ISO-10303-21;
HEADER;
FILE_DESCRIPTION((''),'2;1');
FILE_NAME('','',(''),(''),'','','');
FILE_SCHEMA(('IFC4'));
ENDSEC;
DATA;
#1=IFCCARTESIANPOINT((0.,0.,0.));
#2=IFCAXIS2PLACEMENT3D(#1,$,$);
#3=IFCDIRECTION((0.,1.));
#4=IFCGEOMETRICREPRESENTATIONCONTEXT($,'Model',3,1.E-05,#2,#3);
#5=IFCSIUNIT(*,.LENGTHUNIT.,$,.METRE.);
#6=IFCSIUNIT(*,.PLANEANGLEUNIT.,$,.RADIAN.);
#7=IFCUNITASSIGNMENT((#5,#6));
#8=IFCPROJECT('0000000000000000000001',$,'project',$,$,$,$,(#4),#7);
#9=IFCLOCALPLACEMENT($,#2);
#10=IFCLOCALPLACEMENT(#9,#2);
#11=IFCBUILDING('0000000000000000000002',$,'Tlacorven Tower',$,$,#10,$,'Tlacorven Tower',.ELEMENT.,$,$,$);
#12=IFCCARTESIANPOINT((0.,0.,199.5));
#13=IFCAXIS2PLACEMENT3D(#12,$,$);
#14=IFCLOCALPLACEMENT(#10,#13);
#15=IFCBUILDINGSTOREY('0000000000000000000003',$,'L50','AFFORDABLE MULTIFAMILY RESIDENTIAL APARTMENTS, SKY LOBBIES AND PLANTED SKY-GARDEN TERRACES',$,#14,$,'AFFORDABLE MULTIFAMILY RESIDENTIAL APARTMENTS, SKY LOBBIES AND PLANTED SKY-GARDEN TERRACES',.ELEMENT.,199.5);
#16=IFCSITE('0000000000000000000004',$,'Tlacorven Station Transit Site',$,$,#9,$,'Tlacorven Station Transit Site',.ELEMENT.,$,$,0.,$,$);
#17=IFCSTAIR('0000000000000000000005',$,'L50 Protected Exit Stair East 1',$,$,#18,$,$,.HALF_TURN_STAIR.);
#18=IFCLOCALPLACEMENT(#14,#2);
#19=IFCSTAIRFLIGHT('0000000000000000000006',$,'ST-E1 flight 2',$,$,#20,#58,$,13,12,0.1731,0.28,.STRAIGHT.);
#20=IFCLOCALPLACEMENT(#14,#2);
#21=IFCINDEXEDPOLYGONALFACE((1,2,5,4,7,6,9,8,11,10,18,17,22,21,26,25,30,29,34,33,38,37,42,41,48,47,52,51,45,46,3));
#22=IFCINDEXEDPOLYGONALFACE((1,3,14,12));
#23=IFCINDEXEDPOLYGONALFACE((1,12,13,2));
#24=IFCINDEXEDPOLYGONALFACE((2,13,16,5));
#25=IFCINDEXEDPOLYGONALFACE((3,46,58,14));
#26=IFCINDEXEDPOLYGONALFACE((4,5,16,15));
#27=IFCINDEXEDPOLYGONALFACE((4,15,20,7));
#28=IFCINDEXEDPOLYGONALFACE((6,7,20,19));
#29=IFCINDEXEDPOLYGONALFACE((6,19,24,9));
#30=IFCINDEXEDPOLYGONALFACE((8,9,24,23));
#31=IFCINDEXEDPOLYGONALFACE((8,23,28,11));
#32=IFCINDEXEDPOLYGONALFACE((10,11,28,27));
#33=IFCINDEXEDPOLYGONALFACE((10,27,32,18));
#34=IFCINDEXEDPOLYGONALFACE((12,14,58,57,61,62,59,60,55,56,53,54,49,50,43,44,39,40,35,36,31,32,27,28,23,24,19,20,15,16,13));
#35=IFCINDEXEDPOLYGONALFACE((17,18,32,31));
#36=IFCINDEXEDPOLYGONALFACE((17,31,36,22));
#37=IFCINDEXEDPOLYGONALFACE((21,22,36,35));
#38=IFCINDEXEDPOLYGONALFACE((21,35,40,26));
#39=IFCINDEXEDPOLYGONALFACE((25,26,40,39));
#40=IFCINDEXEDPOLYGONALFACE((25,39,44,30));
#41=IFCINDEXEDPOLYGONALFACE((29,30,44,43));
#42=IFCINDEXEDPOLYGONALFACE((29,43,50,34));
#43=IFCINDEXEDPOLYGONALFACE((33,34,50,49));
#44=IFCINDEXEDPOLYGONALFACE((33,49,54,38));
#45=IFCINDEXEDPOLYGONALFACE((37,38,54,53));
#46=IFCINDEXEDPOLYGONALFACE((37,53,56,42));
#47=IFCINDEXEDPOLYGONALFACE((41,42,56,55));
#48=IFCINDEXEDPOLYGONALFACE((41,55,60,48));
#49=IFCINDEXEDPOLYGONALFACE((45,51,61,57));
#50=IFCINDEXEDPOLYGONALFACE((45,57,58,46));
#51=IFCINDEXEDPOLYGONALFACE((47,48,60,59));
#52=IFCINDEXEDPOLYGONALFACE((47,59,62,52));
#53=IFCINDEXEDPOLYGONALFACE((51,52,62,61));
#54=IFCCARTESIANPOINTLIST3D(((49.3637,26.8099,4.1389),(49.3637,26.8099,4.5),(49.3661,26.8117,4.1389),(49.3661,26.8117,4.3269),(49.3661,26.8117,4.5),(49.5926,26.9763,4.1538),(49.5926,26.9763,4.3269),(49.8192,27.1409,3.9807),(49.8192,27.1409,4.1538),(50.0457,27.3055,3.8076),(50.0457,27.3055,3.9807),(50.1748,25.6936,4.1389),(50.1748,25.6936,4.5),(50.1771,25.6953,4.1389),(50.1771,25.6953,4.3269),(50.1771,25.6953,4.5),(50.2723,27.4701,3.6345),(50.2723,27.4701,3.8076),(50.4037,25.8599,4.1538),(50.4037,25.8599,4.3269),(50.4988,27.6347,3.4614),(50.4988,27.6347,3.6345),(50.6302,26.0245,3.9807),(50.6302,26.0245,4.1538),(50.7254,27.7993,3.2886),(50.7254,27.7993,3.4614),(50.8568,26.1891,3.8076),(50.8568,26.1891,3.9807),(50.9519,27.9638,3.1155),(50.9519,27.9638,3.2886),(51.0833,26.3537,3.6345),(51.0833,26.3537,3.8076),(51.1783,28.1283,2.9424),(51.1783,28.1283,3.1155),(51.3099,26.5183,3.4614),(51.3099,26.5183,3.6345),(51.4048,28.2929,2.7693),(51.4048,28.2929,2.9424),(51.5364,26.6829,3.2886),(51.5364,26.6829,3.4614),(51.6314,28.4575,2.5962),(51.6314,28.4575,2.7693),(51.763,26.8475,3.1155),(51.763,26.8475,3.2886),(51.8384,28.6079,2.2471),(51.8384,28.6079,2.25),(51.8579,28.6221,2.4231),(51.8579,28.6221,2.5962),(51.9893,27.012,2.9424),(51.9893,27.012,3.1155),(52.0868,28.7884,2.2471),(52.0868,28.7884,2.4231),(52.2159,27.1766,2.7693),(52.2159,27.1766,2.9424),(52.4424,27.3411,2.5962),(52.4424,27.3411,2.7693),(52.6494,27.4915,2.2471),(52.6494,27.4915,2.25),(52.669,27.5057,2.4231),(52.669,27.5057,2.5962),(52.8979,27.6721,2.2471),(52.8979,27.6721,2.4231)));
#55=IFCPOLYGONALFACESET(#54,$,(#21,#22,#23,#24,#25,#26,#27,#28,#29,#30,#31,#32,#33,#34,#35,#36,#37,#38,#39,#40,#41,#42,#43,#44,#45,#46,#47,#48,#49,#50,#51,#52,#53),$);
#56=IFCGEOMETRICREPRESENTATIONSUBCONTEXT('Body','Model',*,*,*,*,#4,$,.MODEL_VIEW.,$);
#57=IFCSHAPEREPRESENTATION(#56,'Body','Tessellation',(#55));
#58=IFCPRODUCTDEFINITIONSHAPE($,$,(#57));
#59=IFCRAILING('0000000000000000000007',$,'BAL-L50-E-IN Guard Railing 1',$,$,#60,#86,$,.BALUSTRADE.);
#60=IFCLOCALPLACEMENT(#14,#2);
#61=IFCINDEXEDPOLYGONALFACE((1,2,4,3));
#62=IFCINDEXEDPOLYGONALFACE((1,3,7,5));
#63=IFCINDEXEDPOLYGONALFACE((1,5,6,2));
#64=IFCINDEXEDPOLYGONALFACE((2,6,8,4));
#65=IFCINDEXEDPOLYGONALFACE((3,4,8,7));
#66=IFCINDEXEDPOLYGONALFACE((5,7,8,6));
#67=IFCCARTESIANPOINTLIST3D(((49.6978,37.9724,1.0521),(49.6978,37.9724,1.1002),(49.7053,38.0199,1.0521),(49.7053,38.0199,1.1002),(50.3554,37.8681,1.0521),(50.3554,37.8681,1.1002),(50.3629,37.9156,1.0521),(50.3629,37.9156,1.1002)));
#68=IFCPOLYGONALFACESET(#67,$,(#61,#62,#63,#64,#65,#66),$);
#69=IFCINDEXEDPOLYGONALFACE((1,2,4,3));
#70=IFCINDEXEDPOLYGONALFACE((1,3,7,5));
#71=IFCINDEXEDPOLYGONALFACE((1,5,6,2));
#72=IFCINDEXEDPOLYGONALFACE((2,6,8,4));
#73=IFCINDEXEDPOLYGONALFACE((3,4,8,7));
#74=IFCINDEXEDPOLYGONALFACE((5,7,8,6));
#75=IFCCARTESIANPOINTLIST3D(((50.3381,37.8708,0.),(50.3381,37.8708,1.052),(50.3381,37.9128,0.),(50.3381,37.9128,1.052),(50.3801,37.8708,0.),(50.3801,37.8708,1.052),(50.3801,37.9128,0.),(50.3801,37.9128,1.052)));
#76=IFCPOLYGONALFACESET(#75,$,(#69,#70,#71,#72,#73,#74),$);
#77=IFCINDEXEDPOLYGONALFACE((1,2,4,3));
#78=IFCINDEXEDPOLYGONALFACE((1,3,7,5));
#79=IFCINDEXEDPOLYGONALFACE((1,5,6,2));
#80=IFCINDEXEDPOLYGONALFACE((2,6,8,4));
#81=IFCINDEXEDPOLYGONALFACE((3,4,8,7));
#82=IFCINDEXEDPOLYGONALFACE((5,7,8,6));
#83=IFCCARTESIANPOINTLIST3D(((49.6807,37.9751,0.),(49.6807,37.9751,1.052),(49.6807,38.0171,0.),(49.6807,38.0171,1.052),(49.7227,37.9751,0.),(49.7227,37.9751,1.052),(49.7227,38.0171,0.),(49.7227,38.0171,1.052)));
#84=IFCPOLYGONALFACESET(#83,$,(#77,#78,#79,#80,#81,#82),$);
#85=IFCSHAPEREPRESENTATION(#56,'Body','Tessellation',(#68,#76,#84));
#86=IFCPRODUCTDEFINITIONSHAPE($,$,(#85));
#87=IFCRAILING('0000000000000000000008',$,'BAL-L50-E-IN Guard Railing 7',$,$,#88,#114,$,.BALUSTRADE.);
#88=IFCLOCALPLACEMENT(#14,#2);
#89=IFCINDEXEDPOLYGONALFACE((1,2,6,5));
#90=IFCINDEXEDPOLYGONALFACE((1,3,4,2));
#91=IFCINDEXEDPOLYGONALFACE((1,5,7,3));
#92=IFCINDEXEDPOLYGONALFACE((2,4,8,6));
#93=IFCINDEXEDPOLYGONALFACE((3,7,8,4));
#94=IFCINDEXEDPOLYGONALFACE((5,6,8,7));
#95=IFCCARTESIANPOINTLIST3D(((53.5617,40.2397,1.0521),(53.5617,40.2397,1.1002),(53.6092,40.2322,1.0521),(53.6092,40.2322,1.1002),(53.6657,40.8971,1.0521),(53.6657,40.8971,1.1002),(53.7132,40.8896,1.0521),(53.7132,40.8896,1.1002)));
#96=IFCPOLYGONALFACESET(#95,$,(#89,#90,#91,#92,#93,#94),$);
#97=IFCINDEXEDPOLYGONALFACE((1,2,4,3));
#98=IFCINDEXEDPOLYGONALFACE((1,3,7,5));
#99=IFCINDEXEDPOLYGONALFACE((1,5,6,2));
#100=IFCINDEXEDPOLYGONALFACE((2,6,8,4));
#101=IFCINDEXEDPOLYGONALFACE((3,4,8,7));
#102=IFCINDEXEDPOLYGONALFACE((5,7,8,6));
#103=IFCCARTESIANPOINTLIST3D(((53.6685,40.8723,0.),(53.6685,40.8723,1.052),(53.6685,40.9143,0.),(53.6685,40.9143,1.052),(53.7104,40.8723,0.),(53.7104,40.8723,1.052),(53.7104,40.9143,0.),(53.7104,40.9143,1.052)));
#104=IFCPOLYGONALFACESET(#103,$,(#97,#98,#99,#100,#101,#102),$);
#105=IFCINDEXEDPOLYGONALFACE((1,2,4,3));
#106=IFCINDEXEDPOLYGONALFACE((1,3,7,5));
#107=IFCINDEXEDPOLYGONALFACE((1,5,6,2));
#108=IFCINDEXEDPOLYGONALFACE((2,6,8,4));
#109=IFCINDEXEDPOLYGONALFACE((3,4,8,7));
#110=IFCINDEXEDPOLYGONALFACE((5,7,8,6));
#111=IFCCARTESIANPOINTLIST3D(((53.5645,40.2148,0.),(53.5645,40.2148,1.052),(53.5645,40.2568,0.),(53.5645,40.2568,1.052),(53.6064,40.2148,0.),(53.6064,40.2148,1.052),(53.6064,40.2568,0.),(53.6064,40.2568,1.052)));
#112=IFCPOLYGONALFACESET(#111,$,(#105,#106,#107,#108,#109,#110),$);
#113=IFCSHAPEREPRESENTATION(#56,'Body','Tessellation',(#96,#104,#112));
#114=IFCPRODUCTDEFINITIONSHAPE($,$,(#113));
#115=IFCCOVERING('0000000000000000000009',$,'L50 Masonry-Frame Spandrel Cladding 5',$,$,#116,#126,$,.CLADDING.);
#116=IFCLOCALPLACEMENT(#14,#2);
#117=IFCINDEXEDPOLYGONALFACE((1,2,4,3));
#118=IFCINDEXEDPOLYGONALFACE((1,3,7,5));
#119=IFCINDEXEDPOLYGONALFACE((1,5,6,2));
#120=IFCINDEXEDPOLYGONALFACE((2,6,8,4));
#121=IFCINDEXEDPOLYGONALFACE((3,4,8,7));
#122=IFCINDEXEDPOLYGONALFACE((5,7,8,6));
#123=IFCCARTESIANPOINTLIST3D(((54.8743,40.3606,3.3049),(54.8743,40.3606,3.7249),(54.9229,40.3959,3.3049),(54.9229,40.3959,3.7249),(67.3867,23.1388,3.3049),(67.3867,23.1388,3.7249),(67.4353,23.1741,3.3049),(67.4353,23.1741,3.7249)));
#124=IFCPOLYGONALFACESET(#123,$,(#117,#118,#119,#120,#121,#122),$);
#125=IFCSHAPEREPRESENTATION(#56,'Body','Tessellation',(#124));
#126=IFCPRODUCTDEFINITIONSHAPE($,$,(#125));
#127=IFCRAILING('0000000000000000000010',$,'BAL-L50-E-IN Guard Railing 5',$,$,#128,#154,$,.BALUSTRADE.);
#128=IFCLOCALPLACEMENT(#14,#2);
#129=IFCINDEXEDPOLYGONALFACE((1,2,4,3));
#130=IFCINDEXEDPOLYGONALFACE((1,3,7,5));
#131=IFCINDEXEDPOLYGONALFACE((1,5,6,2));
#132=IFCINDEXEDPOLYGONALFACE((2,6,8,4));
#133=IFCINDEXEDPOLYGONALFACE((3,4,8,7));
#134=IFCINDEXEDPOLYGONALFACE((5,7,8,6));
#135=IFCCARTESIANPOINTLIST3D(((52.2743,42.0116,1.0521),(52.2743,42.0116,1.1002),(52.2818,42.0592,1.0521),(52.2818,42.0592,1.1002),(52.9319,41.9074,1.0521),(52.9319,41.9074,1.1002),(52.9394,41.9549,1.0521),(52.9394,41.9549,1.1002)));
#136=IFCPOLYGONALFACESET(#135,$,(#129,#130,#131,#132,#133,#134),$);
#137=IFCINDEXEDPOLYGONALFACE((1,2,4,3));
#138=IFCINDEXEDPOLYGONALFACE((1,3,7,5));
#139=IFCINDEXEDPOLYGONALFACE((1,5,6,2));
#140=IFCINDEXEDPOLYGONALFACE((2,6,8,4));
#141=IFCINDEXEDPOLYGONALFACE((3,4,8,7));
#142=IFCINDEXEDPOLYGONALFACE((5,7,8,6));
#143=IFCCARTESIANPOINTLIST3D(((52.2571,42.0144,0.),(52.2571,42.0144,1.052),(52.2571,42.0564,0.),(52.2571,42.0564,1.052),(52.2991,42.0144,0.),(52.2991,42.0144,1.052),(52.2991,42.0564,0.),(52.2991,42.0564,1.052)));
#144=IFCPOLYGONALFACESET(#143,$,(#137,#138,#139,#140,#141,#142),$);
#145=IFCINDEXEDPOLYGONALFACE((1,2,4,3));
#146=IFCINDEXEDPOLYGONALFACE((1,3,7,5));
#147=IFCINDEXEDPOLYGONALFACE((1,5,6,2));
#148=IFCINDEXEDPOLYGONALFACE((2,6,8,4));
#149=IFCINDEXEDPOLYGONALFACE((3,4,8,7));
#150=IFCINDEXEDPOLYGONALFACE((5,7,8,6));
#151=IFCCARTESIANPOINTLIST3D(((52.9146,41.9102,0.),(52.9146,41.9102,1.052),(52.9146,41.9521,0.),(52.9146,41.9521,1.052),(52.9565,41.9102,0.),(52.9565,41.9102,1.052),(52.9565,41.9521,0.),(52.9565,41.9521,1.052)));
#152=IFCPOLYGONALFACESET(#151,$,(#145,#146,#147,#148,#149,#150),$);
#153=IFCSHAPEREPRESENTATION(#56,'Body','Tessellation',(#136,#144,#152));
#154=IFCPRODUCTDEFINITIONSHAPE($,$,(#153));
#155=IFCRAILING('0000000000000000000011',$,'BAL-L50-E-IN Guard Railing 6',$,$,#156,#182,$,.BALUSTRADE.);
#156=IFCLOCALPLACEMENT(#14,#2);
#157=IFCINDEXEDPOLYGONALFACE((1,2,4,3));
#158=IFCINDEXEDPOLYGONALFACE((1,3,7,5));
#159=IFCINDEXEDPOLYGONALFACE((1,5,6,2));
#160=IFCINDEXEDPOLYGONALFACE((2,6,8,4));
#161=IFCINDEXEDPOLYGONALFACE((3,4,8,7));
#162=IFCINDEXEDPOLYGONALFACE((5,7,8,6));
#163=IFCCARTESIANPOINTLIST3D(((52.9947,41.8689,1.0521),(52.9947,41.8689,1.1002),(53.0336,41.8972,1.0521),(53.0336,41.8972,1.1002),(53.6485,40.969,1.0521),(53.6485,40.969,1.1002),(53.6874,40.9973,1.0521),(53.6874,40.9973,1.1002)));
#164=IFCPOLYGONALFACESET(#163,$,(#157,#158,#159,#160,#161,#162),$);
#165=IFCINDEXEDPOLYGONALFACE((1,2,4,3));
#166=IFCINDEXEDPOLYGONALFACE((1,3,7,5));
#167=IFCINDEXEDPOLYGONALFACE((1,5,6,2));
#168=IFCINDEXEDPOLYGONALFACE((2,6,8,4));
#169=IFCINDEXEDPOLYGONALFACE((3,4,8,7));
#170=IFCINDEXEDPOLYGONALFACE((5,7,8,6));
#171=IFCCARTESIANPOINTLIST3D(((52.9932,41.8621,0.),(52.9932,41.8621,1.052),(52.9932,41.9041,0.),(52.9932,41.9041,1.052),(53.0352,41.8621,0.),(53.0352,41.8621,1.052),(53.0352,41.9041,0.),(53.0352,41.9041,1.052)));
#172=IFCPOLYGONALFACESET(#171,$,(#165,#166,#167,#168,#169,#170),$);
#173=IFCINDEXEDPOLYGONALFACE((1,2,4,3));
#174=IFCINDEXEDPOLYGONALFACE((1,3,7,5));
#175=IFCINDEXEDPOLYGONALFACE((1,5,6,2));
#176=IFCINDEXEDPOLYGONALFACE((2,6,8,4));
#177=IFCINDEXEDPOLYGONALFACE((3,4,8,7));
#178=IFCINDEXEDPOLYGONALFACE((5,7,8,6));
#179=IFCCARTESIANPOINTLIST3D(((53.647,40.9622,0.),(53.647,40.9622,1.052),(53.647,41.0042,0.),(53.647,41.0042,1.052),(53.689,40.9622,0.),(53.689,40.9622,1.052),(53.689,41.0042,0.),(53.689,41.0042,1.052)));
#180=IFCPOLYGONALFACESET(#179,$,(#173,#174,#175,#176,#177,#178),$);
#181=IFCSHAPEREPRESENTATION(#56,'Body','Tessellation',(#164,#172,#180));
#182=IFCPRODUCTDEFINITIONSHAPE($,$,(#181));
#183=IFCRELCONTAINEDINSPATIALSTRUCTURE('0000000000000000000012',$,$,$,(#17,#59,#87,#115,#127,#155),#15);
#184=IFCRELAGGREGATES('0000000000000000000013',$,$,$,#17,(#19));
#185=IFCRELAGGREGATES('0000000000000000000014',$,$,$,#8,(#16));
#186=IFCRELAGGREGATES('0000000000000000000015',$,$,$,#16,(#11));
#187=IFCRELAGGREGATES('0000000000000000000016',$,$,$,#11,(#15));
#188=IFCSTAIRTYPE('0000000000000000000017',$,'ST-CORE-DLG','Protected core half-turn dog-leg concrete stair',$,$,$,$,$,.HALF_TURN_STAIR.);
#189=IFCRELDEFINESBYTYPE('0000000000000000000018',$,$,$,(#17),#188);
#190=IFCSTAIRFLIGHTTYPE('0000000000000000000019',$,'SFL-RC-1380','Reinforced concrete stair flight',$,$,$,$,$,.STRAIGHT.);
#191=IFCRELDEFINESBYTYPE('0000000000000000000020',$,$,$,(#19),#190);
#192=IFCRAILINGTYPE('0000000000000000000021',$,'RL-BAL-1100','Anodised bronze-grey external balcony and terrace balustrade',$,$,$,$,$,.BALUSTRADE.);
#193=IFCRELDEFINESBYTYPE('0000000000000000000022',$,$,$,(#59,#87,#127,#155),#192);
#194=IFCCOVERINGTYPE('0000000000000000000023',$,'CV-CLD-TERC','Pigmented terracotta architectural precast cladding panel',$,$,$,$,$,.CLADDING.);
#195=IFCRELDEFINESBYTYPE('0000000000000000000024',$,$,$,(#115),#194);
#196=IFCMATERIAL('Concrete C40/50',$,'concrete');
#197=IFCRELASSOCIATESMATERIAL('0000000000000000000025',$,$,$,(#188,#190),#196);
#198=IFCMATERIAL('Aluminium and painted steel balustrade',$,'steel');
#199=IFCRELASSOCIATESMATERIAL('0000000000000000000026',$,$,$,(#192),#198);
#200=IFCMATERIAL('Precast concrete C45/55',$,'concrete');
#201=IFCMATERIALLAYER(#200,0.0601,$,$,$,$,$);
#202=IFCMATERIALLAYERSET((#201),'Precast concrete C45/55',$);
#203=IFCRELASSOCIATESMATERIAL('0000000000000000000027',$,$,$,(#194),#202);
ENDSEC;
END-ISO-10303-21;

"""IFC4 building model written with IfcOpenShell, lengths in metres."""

from ifc_helpers import new_model, si_unit, direction, frame, origin, origin_2d, place, context, subcontext, project, spatial, polyline, rectangle, outline, extrude, source, transform, mapped, material, layer, layer_set, type_object, element, aggregate, save


model = new_model("IFC4")

# Units and contexts
model_context = context("Model", 3, precision=1e-05, world=origin(), true_north=direction((0.0, 1.0)))
body_context = subcontext(model_context, "Body", "Model", "MODEL_VIEW")
ifc_project = project(units=[si_unit("LENGTHUNIT", "METRE"), si_unit("PLANEANGLEUNIT", "RADIAN")], contexts=[model_context])

# Site, building, storey
site_placement = place(None, origin())
site = spatial("IfcSite", under=ifc_project, at=site_placement, Name="Tlacorven Station Transit Site", LongName="Tlacorven Station Transit Site", CompositionType="ELEMENT", RefElevation=0.0)
building_placement = place(site_placement, origin())
building = spatial("IfcBuilding", under=site, at=building_placement, Name="Tlacorven Tower", LongName="Tlacorven Tower", CompositionType="ELEMENT")
storey_placement = place(building_placement, frame((0.0, 0.0, 199.5)))
storey = spatial("IfcBuildingStorey", under=building, at=storey_placement, Name="L50", Description="AFFORDABLE MULTIFAMILY RESIDENTIAL APARTMENTS, SKY LOBBIES AND PLANTED SKY-GARDEN TERRACES", LongName="AFFORDABLE MULTIFAMILY RESIDENTIAL APARTMENTS, SKY LOBBIES AND PLANTED SKY-GARDEN TERRACES", CompositionType="ELEMENT", Elevation=199.5)

# Shared definitions
ifc_material_1 = material(Name="Precast concrete C45/55", Category="concrete")

# Stair, stair flight
ifc_material_2 = material(Name="Concrete C40/50", Category="concrete")
stair_type = type_object("IfcStairType", Name="ST-CORE-DLG", Description="Protected core half-turn dog-leg concrete stair", PredefinedType="HALF_TURN_STAIR", material=ifc_material_2)
stair_placement = place(storey_placement, origin())
stair = element("IfcStair", 1, at=stair_placement, inside=storey, type_object=stair_type, Name="L50 Protected Exit Stair East 1", PredefinedType="HALF_TURN_STAIR")
stair_flight_type = type_object("IfcStairFlightType", Name="SFL-RC-1380", Description="Reinforced concrete stair flight", PredefinedType="STRAIGHT", material=ifc_material_2)
shared_shape_1 = source(origin(), body_context, "Body", "SweptSolid", [
    extrude(outline(polyline([(-0.0029, -0.0029), (-0.0029, 0.1731), (0.28, 0.1731), (0.28, 0.3462), (0.5601, 0.3462), (0.5601, 0.5193), (0.8401, 0.5193), (0.8401, 0.6924), (1.1201, 0.6924), (1.1201, 0.8655), (1.3999, 0.8655), (1.3999, 1.0386), (1.6799, 1.0386), (1.6799, 1.2114), (1.96, 1.2114), (1.96, 1.3845), (2.24, 1.3845), (2.24, 1.5576), (2.52, 1.5576), (2.52, 1.7307), (2.8, 1.7307), (2.8, 1.9038), (3.0801, 1.9038), (3.0801, 2.0769), (3.3601, 2.0769), (3.3601, 2.25), (3.363, 2.25), (3.363, 1.8889), (3.3601, 1.8889), (0.3042, 0.0), (0.3042, -0.0029), (-0.0029, -0.0029)])), frame((0.0, 0.6899, 0.0), z_axis=(0.0, -1.0, 0.0), x_axis=(1.0, 0.0, 0.0)), (0.0, 0.0, 1.0), 1.3799),
])
stair_flight_placement = place(storey_placement, frame((52.49, 28.2285, 2.25), z_axis=(0.0, 0.0, 1.0), x_axis=(-0.809017, -0.587785, 0.0)))
stair_flight = element("IfcStairFlight", 2, at=stair_flight_placement, type_object=stair_flight_type, Name="ST-E1 flight 2", NumberOfRisers=13, NumberOfTreads=12, PredefinedType="STRAIGHT", RiserHeight=0.1731, TreadLength=0.28, context=body_context, shape_type="MappedRepresentation", body=[
    mapped(shared_shape_1, transform((0.0, 0.0, 0.0), scale=1.0)),
])
aggregate(stair, [stair_flight])

# Railings
ifc_material_3 = material(Name="Aluminium and painted steel balustrade", Category="steel")
railing_type_1 = type_object("IfcRailingType", Name="RL-BAL-1100", Description="Anodised bronze-grey external balcony and terrace balustrade", PredefinedType="BALUSTRADE", material=ifc_material_3)
shared_shape_2 = source(origin(), body_context, "Body", "SweptSolid", [
    extrude(rectangle(XDim=0.0481, YDim=0.0481, at=origin_2d()), frame((0.0, 0.0, 1.0762), z_axis=(-0.987662, 0.156603, 0.0), x_axis=(-0.156603, -0.987662, 0.0)), (0.0, 0.0, 1.0), 0.6658),
    extrude(rectangle(XDim=0.042, YDim=0.042, at=origin_2d()), origin(), (0.0, 0.0, 1.0), 1.052),
    extrude(rectangle(XDim=0.042, YDim=0.042, at=origin_2d()), frame((-0.6575, 0.1042, 0.0)), (0.0, 0.0, 1.0), 1.052),
])
railing_1_placement = place(storey_placement, frame((50.3591, 37.8918, 0.0)))
element("IfcRailing", 3, at=railing_1_placement, inside=storey, type_object=railing_type_1, Name="BAL-L50-E-IN Guard Railing 1", PredefinedType="BALUSTRADE", context=body_context, shape_type="MappedRepresentation", body=[
    mapped(shared_shape_2, transform((0.0, 0.0, 0.0), scale=1.0)),
])
shared_shape_3 = source(origin(), body_context, "Body", "SweptSolid", [
    extrude(rectangle(XDim=0.0481, YDim=0.0481, at=origin_2d()), frame((0.0, 0.0, 1.0762), z_axis=(-0.156245, -0.987718, 0.0), x_axis=(0.987718, -0.156245, 0.0)), (0.0, 0.0, 1.0), 0.6655),
    extrude(rectangle(XDim=0.042, YDim=0.042, at=origin_2d()), origin(), (0.0, 0.0, 1.0), 1.052),
    extrude(rectangle(XDim=0.042, YDim=0.042, at=origin_2d()), frame((-0.104, -0.6575, 0.0)), (0.0, 0.0, 1.0), 1.052),
])
railing_2_placement = place(storey_placement, frame((53.6895, 40.8933, 0.0)))
element("IfcRailing", 4, at=railing_2_placement, inside=storey, type_object=railing_type_1, Name="BAL-L50-E-IN Guard Railing 7", PredefinedType="BALUSTRADE", context=body_context, shape_type="MappedRepresentation", body=[
    mapped(shared_shape_3, transform((0.0, 0.0, 0.0), scale=1.0)),
])

# Covering
ifc_layer_1 = layer(ifc_material_1, 0.0601)
ifc_layer_set_1 = layer_set([ifc_layer_1], Name="Precast concrete C45/55")
covering_type = type_object("IfcCoveringType", Name="CV-CLD-TERC", Description="Pigmented terracotta architectural precast cladding panel", PredefinedType="CLADDING", material=ifc_layer_set_1)
shared_shape_4 = source(origin(), body_context, "Body", "SweptSolid", [
    extrude(rectangle(XDim=21.2874, YDim=0.0601, at=origin_2d()), origin(), (0.0, 0.0, 1.0), 0.4199),
])
covering_placement = place(storey_placement, frame((61.1548, 31.7673, 3.3049), z_axis=(0.0, 0.0, 1.0), x_axis=(0.587785, -0.809017, 0.0)))
element("IfcCovering", 5, at=covering_placement, inside=storey, type_object=covering_type, Name="L50 Masonry-Frame Spandrel Cladding 5", PredefinedType="CLADDING", context=body_context, shape_type="MappedRepresentation", body=[
    mapped(shared_shape_4, transform((0.0, 0.0, 0.0), scale=1.0)),
])

# Railings
shared_shape_5 = source(origin(), body_context, "Body", "SweptSolid", [
    extrude(rectangle(XDim=0.0481, YDim=0.0481, at=origin_2d()), frame((0.0, 0.0, 1.0762), z_axis=(0.987662, -0.156603, 0.0), x_axis=(0.156603, 0.987662, 0.0)), (0.0, 0.0, 1.0), 0.6658),
    extrude(rectangle(XDim=0.042, YDim=0.042, at=origin_2d()), origin(), (0.0, 0.0, 1.0), 1.052),
    extrude(rectangle(XDim=0.042, YDim=0.042, at=origin_2d()), frame((0.6575, -0.1042, 0.0)), (0.0, 0.0, 1.0), 1.052),
])
railing_3_placement = place(storey_placement, frame((52.2781, 42.0354, 0.0)))
element("IfcRailing", 6, at=railing_3_placement, inside=storey, type_object=railing_type_1, Name="BAL-L50-E-IN Guard Railing 5", PredefinedType="BALUSTRADE", context=body_context, shape_type="MappedRepresentation", body=[
    mapped(shared_shape_5, transform((0.0, 0.0, 0.0), scale=1.0)),
])
shared_shape_6 = source(origin(), body_context, "Body", "SweptSolid", [
    extrude(rectangle(XDim=0.0481, YDim=0.0481, at=origin_2d()), frame((0.0, 0.0, 1.0762), z_axis=(0.58778, -0.809021, 0.0), x_axis=(0.809021, 0.58778, 0.0)), (0.0, 0.0, 1.0), 1.1123),
    extrude(rectangle(XDim=0.042, YDim=0.042, at=origin_2d()), origin(), (0.0, 0.0, 1.0), 1.052),
    extrude(rectangle(XDim=0.042, YDim=0.042, at=origin_2d()), frame((0.6538, -0.8999, 0.0)), (0.0, 0.0, 1.0), 1.052),
])
railing_4_placement = place(storey_placement, frame((53.0142, 41.8831, 0.0)))
element("IfcRailing", 7, at=railing_4_placement, inside=storey, type_object=railing_type_1, Name="BAL-L50-E-IN Guard Railing 6", PredefinedType="BALUSTRADE", context=body_context, shape_type="MappedRepresentation", body=[
    mapped(shared_shape_6, transform((0.0, 0.0, 0.0), scale=1.0)),
])

save(model, "model.ifc")
